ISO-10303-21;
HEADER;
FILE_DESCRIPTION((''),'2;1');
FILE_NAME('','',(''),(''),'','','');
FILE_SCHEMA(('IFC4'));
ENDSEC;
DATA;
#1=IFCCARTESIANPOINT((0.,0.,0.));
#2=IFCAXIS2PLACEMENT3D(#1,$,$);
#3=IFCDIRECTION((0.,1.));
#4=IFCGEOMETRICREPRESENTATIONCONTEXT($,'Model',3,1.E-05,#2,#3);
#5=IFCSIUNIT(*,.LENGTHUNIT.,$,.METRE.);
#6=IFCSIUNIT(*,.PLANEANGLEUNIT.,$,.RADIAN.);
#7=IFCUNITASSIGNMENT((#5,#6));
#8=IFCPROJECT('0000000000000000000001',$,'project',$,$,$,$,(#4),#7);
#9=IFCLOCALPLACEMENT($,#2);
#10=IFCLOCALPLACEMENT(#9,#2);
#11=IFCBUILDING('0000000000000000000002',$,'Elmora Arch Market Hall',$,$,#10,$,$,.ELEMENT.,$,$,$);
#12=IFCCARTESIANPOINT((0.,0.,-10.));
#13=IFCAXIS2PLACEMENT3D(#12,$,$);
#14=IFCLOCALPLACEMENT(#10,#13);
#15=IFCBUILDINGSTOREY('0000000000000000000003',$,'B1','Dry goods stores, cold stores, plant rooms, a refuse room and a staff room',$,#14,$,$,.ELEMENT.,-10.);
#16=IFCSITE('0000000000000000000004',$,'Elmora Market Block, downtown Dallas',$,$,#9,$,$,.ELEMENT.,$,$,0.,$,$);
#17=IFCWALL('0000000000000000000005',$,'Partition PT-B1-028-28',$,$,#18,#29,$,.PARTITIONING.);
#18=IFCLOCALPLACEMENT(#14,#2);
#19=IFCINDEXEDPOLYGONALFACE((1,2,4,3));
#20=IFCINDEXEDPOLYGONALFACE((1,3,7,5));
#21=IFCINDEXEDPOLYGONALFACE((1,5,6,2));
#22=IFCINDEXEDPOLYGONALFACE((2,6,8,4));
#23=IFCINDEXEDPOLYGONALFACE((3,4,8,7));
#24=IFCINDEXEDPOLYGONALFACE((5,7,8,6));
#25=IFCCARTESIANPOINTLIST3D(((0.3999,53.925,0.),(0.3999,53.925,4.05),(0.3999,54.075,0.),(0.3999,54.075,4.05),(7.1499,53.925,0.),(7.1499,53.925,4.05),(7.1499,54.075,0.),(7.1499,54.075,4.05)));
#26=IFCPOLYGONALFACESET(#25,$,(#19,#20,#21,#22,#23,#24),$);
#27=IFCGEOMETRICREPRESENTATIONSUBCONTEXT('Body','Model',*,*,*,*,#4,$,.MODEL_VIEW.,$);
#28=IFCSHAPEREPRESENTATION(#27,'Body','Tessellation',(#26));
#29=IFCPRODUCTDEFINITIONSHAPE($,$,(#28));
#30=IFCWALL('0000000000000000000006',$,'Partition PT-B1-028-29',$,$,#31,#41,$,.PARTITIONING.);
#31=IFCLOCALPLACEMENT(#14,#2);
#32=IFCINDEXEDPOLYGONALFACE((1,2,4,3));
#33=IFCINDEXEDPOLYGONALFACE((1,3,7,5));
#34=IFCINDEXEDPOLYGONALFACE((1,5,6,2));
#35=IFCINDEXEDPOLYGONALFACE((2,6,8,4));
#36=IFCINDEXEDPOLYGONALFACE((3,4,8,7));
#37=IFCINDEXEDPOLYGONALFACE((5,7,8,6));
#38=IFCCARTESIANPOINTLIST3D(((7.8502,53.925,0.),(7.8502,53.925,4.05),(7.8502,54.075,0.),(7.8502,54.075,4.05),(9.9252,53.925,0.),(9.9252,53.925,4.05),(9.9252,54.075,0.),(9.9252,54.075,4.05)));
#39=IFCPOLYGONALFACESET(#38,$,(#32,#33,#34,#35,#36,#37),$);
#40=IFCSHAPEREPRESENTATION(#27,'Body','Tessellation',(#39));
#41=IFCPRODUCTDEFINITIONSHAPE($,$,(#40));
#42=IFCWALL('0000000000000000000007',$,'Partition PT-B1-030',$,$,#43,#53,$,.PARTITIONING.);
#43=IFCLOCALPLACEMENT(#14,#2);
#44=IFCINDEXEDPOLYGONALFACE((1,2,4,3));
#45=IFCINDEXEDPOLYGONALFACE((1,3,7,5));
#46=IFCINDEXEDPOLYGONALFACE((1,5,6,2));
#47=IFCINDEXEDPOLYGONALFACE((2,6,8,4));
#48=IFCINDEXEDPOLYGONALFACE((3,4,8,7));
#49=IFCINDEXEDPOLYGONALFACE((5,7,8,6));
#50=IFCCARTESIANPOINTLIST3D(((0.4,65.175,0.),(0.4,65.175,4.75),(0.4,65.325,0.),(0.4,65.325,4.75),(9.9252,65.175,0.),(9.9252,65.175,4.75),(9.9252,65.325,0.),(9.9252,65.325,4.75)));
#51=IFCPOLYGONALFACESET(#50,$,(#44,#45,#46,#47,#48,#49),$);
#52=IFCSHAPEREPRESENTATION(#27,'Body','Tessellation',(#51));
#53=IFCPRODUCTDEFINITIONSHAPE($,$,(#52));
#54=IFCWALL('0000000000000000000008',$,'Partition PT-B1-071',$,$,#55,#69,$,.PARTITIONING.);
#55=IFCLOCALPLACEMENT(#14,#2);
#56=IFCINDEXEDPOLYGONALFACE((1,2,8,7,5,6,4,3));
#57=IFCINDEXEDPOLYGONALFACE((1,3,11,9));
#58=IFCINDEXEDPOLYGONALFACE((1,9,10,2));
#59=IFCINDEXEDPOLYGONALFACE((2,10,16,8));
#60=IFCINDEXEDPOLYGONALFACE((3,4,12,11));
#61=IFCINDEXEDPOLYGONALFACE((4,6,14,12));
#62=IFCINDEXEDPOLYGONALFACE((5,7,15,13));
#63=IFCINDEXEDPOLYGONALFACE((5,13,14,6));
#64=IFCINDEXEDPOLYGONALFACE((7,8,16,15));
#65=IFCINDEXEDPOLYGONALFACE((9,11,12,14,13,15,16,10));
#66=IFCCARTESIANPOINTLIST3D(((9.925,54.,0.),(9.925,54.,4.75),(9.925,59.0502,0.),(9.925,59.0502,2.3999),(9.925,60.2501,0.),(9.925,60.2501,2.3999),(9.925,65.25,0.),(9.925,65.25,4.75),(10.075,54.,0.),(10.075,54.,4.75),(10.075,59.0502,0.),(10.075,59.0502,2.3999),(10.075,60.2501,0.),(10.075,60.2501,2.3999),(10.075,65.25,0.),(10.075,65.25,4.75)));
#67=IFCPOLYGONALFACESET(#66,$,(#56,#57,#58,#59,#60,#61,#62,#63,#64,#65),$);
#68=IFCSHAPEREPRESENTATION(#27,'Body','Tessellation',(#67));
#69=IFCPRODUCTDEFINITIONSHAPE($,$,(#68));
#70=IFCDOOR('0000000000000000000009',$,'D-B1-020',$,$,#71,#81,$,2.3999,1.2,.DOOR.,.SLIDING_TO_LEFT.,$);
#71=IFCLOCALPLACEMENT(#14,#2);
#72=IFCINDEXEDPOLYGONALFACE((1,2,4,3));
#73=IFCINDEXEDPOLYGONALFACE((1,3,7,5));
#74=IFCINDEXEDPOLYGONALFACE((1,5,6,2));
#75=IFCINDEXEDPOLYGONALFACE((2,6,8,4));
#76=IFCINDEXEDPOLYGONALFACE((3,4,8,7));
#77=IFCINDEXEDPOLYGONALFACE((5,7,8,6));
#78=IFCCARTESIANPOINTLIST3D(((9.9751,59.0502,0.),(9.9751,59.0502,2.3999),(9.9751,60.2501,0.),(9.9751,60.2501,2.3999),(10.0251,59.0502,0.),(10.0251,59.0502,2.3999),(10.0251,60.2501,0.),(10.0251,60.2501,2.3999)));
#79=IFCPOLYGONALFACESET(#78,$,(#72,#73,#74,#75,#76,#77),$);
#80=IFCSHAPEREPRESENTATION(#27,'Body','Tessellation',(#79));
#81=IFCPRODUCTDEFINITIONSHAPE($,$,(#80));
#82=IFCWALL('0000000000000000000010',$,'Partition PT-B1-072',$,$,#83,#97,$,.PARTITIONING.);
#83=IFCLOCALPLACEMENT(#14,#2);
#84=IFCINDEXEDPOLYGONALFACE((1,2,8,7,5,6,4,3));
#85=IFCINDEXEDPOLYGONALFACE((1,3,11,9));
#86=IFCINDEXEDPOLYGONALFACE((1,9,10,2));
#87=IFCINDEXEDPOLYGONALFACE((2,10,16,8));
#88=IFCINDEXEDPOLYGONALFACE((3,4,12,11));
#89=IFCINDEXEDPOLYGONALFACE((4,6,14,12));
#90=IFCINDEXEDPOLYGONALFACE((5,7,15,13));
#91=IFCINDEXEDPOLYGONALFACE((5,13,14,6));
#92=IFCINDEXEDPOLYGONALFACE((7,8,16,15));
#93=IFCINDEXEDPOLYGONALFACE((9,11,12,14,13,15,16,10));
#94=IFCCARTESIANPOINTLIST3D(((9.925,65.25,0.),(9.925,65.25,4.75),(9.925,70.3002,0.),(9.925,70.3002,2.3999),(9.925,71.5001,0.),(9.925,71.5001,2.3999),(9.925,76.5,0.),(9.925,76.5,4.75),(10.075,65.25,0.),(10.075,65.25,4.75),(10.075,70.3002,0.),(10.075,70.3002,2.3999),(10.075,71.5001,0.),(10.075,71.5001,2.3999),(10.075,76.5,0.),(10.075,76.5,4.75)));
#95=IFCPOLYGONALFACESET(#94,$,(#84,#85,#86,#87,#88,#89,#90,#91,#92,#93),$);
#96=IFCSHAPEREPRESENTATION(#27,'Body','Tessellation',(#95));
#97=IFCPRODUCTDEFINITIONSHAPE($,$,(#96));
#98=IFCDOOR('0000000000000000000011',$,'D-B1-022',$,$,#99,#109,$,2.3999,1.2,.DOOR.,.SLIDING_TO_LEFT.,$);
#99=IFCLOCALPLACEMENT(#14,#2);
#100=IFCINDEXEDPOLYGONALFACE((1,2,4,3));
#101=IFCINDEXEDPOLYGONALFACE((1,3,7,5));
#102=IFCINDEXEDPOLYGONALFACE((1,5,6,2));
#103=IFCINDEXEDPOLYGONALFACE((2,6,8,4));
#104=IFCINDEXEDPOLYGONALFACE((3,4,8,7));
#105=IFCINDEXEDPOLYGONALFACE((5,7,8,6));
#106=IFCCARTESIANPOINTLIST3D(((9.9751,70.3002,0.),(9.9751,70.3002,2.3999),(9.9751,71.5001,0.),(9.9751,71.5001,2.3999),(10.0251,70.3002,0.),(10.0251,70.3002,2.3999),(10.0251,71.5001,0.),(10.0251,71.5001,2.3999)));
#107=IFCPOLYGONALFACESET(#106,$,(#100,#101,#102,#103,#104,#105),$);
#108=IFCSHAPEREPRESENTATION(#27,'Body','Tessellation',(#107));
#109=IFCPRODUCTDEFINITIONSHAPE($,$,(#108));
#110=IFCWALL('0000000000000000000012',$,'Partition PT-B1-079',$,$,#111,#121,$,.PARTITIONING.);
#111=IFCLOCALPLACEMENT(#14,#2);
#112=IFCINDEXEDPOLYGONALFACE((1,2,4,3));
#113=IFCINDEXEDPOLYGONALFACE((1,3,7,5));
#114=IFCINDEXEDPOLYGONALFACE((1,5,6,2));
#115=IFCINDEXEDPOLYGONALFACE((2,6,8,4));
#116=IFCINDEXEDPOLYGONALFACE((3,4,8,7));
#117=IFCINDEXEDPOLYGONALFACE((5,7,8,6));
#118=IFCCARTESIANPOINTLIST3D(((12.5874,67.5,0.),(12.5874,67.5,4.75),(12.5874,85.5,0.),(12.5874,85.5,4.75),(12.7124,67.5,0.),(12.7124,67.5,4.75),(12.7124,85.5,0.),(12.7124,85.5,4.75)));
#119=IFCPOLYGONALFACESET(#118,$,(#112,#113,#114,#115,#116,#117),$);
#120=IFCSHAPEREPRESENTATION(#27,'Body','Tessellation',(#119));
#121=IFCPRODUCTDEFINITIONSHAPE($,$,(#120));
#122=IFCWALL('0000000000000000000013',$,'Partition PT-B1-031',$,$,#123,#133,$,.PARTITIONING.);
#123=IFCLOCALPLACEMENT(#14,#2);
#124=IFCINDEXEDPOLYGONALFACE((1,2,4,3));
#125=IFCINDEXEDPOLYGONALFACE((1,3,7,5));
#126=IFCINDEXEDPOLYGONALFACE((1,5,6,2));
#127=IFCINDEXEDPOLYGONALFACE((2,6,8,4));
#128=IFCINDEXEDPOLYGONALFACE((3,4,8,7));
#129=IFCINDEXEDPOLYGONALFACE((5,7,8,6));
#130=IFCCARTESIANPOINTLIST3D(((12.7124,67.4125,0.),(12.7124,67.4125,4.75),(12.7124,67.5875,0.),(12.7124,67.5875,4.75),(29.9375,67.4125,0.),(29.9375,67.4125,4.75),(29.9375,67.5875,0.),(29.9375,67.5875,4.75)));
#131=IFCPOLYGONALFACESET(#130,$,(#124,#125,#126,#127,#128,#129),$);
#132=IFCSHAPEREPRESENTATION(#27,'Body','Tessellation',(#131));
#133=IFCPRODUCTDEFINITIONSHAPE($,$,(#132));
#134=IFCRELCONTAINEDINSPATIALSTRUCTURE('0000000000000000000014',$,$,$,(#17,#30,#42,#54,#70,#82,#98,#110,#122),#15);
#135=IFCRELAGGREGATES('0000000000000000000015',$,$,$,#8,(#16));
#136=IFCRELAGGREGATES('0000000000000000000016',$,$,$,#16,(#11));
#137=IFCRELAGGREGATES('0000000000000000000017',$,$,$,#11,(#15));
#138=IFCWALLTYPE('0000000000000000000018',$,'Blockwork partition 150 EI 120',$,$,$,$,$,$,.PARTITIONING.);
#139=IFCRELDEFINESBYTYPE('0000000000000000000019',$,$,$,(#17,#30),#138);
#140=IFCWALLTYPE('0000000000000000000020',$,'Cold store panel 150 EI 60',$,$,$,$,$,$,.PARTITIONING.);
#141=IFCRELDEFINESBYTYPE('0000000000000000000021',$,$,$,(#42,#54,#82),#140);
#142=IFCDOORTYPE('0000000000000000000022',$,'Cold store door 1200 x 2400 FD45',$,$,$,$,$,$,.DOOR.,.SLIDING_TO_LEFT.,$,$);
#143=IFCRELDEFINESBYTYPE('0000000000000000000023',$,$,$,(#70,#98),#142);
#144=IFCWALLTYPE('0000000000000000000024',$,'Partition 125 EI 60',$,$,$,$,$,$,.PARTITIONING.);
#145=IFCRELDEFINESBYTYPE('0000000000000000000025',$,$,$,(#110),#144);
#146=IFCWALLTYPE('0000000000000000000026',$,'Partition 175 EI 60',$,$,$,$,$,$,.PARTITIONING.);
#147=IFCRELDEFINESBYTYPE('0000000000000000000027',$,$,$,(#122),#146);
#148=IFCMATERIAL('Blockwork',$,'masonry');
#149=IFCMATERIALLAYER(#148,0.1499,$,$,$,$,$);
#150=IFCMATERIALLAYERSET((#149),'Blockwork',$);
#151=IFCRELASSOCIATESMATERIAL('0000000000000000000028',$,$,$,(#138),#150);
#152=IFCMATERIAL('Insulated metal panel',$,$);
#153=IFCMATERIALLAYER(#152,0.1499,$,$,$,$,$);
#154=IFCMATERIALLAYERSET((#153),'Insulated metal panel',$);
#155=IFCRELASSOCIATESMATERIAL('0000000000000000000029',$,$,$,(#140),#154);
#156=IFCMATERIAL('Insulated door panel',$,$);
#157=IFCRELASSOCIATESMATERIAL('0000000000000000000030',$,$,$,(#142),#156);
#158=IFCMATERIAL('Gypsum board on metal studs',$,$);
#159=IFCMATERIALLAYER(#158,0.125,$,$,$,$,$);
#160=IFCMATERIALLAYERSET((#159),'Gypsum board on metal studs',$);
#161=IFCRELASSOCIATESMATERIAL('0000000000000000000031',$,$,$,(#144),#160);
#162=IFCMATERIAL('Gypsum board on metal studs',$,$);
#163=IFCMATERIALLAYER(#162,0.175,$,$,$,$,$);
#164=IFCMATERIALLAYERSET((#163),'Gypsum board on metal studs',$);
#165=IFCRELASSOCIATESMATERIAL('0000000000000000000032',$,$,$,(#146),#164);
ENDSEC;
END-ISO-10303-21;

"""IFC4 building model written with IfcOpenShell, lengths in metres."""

from ifc_helpers import new_model, si_unit, direction, frame, frame_2d, origin, place, context, subcontext, project, spatial, rectangle, extrude, material, layer, layer_set, type_object, element, fill, save


model = new_model("IFC4")

# Units and contexts
model_context = context("Model", 3, precision=1e-05, world=origin(), true_north=direction((0.0, 1.0)))
body_context = subcontext(model_context, "Body", "Model", "MODEL_VIEW")
ifc_project = project(units=[si_unit("LENGTHUNIT", "METRE"), si_unit("PLANEANGLEUNIT", "RADIAN")], contexts=[model_context])

# Site, building, storey
site_placement = place(None, origin())
site = spatial("IfcSite", under=ifc_project, at=site_placement, Name="Elmora Market Block, downtown Dallas", CompositionType="ELEMENT", RefElevation=0.0)
building_placement = place(site_placement, origin())
building = spatial("IfcBuilding", under=site, at=building_placement, Name="Elmora Arch Market Hall", CompositionType="ELEMENT")
storey_placement = place(building_placement, frame((0.0, 0.0, -10.0)))
storey = spatial("IfcBuildingStorey", under=building, at=storey_placement, Name="B1", Description="Dry goods stores, cold stores, plant rooms, a refuse room and a staff room", CompositionType="ELEMENT", Elevation=-10.0)

# Walls
ifc_material_1 = material(Name="Blockwork", Category="masonry")
ifc_layer_1 = layer(ifc_material_1, 0.1499)
ifc_layer_set_1 = layer_set([ifc_layer_1], Name="Blockwork")
wall_type_1 = type_object("IfcWallType", Name="Blockwork partition 150 EI 120", PredefinedType="PARTITIONING", material=ifc_layer_set_1)
wall_1_placement = place(storey_placement, frame((0.3999, 54.0, 0.0), z_axis=(0.0, 0.0, 1.0), x_axis=(1.0, 0.0, 0.0)))
element("IfcWall", 1, at=wall_1_placement, inside=storey, type_object=wall_type_1, Name="Partition PT-B1-028-28", PredefinedType="PARTITIONING", context=body_context, shape_type="SweptSolid", body=[
    extrude(rectangle(XDim=6.75, YDim=0.1499, at=frame_2d((3.375, 0.0))), origin(), (0.0, 0.0, 1.0), 4.05),
])
wall_2_placement = place(storey_placement, frame((7.8501, 54.0, 0.0), z_axis=(0.0, 0.0, 1.0), x_axis=(1.0, 0.0, 0.0)))
element("IfcWall", 2, at=wall_2_placement, inside=storey, type_object=wall_type_1, Name="Partition PT-B1-028-29", PredefinedType="PARTITIONING", context=body_context, shape_type="SweptSolid", body=[
    extrude(rectangle(XDim=2.075, YDim=0.1499, at=frame_2d((1.0376, 0.0))), origin(), (0.0, 0.0, 1.0), 4.05),
])
ifc_material_2 = material(Name="Insulated metal panel")
ifc_layer_2 = layer(ifc_material_2, 0.1499)
ifc_layer_set_2 = layer_set([ifc_layer_2], Name="Insulated metal panel")
wall_type_2 = type_object("IfcWallType", Name="Cold store panel 150 EI 60", PredefinedType="PARTITIONING", material=ifc_layer_set_2)
wall_3_placement = place(storey_placement, frame((0.3999, 65.25, 0.0), z_axis=(0.0, 0.0, 1.0), x_axis=(1.0, 0.0, 0.0)))
element("IfcWall", 3, at=wall_3_placement, inside=storey, type_object=wall_type_2, Name="Partition PT-B1-030", PredefinedType="PARTITIONING", context=body_context, shape_type="SweptSolid", body=[
    extrude(rectangle(XDim=9.5251, YDim=0.1499, at=frame_2d((4.7627, 0.0))), origin(), (0.0, 0.0, 1.0), 4.75),
])

# Walls, openings, doors
wall_4_placement = place(storey_placement, frame((10.0, 54.0, 0.0), z_axis=(0.0, 0.0, 1.0), x_axis=(0.0, 1.0, 0.0)))
wall_4 = element("IfcWall", 4, at=wall_4_placement, inside=storey, type_object=wall_type_2, Name="Partition PT-B1-071", PredefinedType="PARTITIONING", context=body_context, shape_type="SweptSolid", body=[
    extrude(rectangle(XDim=11.25, YDim=0.1499, at=frame_2d((5.625, 0.0))), origin(), (0.0, 0.0, 1.0), 4.75),
])
opening_1_placement = place(wall_4_placement, frame((5.05, 0.0, 0.0)))
opening_1 = element("IfcOpeningElement", 5, at=opening_1_placement, cuts=wall_4, PredefinedType="OPENING", context=body_context, shape_type="SweptSolid", body=[
    extrude(rectangle(XDim=1.2, YDim=2.3999, at=frame_2d((0.6001, 1.2))), frame((0.0, 0.085, 0.0), z_axis=(0.0, -1.0, 0.0), x_axis=(1.0, 0.0, 0.0)), (0.0, 0.0, 1.0), 0.1699),
])
ifc_material_3 = material(Name="Insulated door panel")
door_type = type_object("IfcDoorType", Name="Cold store door 1200 x 2400 FD45", OperationType="SLIDING_TO_LEFT", PredefinedType="DOOR", material=ifc_material_3)
door_1_placement = place(opening_1_placement, origin())
door_1 = element("IfcDoor", 6, at=door_1_placement, inside=storey, type_object=door_type, Name="D-B1-020", OperationType="SLIDING_TO_LEFT", OverallHeight=2.3999, OverallWidth=1.2, PredefinedType="DOOR", context=body_context, shape_type="SweptSolid", body=[
    extrude(rectangle(XDim=1.2, YDim=2.3999, at=frame_2d((0.6001, 1.2))), frame((0.0, 0.0249, 0.0), z_axis=(0.0, -1.0, 0.0), x_axis=(1.0, 0.0, 0.0)), (0.0, 0.0, 1.0), 0.05),
])
fill(opening_1, door_1)
wall_5_placement = place(storey_placement, frame((10.0, 65.25, 0.0), z_axis=(0.0, 0.0, 1.0), x_axis=(0.0, 1.0, 0.0)))
wall_5 = element("IfcWall", 7, at=wall_5_placement, inside=storey, type_object=wall_type_2, Name="Partition PT-B1-072", PredefinedType="PARTITIONING", context=body_context, shape_type="SweptSolid", body=[
    extrude(rectangle(XDim=11.25, YDim=0.1499, at=frame_2d((5.625, 0.0))), origin(), (0.0, 0.0, 1.0), 4.75),
])
opening_2_placement = place(wall_5_placement, frame((5.05, 0.0, 0.0)))
opening_2 = element("IfcOpeningElement", 8, at=opening_2_placement, cuts=wall_5, PredefinedType="OPENING", context=body_context, shape_type="SweptSolid", body=[
    extrude(rectangle(XDim=1.2, YDim=2.3999, at=frame_2d((0.6001, 1.2))), frame((0.0, 0.085, 0.0), z_axis=(0.0, -1.0, 0.0), x_axis=(1.0, 0.0, 0.0)), (0.0, 0.0, 1.0), 0.1699),
])
door_2_placement = place(opening_2_placement, origin())
door_2 = element("IfcDoor", 9, at=door_2_placement, inside=storey, type_object=door_type, Name="D-B1-022", OperationType="SLIDING_TO_LEFT", OverallHeight=2.3999, OverallWidth=1.2, PredefinedType="DOOR", context=body_context, shape_type="SweptSolid", body=[
    extrude(rectangle(XDim=1.2, YDim=2.3999, at=frame_2d((0.6001, 1.2))), frame((0.0, 0.0249, 0.0), z_axis=(0.0, -1.0, 0.0), x_axis=(1.0, 0.0, 0.0)), (0.0, 0.0, 1.0), 0.05),
])
fill(opening_2, door_2)

# Walls
ifc_material_4 = material(Name="Gypsum board on metal studs")
ifc_layer_3 = layer(ifc_material_4, 0.125)
ifc_layer_set_3 = layer_set([ifc_layer_3], Name="Gypsum board on metal studs")
wall_type_3 = type_object("IfcWallType", Name="Partition 125 EI 60", PredefinedType="PARTITIONING", material=ifc_layer_set_3)
wall_6_placement = place(storey_placement, frame((12.6499, 67.5, 0.0), z_axis=(0.0, 0.0, 1.0), x_axis=(0.0, 1.0, 0.0)))
element("IfcWall", 10, at=wall_6_placement, inside=storey, type_object=wall_type_3, Name="Partition PT-B1-079", PredefinedType="PARTITIONING", context=body_context, shape_type="SweptSolid", body=[
    extrude(rectangle(XDim=18.0, YDim=0.125, at=frame_2d((9.0, 0.0))), origin(), (0.0, 0.0, 1.0), 4.75),
])
ifc_material_5 = material(Name="Gypsum board on metal studs")
ifc_layer_4 = layer(ifc_material_5, 0.175)
ifc_layer_set_4 = layer_set([ifc_layer_4], Name="Gypsum board on metal studs")
wall_type_4 = type_object("IfcWallType", Name="Partition 175 EI 60", PredefinedType="PARTITIONING", material=ifc_layer_set_4)
wall_7_placement = place(storey_placement, frame((12.7124, 67.5, 0.0), z_axis=(0.0, 0.0, 1.0), x_axis=(1.0, 0.0, 0.0)))
element("IfcWall", 11, at=wall_7_placement, inside=storey, type_object=wall_type_4, Name="Partition PT-B1-031", PredefinedType="PARTITIONING", context=body_context, shape_type="SweptSolid", body=[
    extrude(rectangle(XDim=17.2251, YDim=0.175, at=frame_2d((8.6125, 0.0))), origin(), (0.0, 0.0, 1.0), 4.75),
])

save(model, "model.ifc")
